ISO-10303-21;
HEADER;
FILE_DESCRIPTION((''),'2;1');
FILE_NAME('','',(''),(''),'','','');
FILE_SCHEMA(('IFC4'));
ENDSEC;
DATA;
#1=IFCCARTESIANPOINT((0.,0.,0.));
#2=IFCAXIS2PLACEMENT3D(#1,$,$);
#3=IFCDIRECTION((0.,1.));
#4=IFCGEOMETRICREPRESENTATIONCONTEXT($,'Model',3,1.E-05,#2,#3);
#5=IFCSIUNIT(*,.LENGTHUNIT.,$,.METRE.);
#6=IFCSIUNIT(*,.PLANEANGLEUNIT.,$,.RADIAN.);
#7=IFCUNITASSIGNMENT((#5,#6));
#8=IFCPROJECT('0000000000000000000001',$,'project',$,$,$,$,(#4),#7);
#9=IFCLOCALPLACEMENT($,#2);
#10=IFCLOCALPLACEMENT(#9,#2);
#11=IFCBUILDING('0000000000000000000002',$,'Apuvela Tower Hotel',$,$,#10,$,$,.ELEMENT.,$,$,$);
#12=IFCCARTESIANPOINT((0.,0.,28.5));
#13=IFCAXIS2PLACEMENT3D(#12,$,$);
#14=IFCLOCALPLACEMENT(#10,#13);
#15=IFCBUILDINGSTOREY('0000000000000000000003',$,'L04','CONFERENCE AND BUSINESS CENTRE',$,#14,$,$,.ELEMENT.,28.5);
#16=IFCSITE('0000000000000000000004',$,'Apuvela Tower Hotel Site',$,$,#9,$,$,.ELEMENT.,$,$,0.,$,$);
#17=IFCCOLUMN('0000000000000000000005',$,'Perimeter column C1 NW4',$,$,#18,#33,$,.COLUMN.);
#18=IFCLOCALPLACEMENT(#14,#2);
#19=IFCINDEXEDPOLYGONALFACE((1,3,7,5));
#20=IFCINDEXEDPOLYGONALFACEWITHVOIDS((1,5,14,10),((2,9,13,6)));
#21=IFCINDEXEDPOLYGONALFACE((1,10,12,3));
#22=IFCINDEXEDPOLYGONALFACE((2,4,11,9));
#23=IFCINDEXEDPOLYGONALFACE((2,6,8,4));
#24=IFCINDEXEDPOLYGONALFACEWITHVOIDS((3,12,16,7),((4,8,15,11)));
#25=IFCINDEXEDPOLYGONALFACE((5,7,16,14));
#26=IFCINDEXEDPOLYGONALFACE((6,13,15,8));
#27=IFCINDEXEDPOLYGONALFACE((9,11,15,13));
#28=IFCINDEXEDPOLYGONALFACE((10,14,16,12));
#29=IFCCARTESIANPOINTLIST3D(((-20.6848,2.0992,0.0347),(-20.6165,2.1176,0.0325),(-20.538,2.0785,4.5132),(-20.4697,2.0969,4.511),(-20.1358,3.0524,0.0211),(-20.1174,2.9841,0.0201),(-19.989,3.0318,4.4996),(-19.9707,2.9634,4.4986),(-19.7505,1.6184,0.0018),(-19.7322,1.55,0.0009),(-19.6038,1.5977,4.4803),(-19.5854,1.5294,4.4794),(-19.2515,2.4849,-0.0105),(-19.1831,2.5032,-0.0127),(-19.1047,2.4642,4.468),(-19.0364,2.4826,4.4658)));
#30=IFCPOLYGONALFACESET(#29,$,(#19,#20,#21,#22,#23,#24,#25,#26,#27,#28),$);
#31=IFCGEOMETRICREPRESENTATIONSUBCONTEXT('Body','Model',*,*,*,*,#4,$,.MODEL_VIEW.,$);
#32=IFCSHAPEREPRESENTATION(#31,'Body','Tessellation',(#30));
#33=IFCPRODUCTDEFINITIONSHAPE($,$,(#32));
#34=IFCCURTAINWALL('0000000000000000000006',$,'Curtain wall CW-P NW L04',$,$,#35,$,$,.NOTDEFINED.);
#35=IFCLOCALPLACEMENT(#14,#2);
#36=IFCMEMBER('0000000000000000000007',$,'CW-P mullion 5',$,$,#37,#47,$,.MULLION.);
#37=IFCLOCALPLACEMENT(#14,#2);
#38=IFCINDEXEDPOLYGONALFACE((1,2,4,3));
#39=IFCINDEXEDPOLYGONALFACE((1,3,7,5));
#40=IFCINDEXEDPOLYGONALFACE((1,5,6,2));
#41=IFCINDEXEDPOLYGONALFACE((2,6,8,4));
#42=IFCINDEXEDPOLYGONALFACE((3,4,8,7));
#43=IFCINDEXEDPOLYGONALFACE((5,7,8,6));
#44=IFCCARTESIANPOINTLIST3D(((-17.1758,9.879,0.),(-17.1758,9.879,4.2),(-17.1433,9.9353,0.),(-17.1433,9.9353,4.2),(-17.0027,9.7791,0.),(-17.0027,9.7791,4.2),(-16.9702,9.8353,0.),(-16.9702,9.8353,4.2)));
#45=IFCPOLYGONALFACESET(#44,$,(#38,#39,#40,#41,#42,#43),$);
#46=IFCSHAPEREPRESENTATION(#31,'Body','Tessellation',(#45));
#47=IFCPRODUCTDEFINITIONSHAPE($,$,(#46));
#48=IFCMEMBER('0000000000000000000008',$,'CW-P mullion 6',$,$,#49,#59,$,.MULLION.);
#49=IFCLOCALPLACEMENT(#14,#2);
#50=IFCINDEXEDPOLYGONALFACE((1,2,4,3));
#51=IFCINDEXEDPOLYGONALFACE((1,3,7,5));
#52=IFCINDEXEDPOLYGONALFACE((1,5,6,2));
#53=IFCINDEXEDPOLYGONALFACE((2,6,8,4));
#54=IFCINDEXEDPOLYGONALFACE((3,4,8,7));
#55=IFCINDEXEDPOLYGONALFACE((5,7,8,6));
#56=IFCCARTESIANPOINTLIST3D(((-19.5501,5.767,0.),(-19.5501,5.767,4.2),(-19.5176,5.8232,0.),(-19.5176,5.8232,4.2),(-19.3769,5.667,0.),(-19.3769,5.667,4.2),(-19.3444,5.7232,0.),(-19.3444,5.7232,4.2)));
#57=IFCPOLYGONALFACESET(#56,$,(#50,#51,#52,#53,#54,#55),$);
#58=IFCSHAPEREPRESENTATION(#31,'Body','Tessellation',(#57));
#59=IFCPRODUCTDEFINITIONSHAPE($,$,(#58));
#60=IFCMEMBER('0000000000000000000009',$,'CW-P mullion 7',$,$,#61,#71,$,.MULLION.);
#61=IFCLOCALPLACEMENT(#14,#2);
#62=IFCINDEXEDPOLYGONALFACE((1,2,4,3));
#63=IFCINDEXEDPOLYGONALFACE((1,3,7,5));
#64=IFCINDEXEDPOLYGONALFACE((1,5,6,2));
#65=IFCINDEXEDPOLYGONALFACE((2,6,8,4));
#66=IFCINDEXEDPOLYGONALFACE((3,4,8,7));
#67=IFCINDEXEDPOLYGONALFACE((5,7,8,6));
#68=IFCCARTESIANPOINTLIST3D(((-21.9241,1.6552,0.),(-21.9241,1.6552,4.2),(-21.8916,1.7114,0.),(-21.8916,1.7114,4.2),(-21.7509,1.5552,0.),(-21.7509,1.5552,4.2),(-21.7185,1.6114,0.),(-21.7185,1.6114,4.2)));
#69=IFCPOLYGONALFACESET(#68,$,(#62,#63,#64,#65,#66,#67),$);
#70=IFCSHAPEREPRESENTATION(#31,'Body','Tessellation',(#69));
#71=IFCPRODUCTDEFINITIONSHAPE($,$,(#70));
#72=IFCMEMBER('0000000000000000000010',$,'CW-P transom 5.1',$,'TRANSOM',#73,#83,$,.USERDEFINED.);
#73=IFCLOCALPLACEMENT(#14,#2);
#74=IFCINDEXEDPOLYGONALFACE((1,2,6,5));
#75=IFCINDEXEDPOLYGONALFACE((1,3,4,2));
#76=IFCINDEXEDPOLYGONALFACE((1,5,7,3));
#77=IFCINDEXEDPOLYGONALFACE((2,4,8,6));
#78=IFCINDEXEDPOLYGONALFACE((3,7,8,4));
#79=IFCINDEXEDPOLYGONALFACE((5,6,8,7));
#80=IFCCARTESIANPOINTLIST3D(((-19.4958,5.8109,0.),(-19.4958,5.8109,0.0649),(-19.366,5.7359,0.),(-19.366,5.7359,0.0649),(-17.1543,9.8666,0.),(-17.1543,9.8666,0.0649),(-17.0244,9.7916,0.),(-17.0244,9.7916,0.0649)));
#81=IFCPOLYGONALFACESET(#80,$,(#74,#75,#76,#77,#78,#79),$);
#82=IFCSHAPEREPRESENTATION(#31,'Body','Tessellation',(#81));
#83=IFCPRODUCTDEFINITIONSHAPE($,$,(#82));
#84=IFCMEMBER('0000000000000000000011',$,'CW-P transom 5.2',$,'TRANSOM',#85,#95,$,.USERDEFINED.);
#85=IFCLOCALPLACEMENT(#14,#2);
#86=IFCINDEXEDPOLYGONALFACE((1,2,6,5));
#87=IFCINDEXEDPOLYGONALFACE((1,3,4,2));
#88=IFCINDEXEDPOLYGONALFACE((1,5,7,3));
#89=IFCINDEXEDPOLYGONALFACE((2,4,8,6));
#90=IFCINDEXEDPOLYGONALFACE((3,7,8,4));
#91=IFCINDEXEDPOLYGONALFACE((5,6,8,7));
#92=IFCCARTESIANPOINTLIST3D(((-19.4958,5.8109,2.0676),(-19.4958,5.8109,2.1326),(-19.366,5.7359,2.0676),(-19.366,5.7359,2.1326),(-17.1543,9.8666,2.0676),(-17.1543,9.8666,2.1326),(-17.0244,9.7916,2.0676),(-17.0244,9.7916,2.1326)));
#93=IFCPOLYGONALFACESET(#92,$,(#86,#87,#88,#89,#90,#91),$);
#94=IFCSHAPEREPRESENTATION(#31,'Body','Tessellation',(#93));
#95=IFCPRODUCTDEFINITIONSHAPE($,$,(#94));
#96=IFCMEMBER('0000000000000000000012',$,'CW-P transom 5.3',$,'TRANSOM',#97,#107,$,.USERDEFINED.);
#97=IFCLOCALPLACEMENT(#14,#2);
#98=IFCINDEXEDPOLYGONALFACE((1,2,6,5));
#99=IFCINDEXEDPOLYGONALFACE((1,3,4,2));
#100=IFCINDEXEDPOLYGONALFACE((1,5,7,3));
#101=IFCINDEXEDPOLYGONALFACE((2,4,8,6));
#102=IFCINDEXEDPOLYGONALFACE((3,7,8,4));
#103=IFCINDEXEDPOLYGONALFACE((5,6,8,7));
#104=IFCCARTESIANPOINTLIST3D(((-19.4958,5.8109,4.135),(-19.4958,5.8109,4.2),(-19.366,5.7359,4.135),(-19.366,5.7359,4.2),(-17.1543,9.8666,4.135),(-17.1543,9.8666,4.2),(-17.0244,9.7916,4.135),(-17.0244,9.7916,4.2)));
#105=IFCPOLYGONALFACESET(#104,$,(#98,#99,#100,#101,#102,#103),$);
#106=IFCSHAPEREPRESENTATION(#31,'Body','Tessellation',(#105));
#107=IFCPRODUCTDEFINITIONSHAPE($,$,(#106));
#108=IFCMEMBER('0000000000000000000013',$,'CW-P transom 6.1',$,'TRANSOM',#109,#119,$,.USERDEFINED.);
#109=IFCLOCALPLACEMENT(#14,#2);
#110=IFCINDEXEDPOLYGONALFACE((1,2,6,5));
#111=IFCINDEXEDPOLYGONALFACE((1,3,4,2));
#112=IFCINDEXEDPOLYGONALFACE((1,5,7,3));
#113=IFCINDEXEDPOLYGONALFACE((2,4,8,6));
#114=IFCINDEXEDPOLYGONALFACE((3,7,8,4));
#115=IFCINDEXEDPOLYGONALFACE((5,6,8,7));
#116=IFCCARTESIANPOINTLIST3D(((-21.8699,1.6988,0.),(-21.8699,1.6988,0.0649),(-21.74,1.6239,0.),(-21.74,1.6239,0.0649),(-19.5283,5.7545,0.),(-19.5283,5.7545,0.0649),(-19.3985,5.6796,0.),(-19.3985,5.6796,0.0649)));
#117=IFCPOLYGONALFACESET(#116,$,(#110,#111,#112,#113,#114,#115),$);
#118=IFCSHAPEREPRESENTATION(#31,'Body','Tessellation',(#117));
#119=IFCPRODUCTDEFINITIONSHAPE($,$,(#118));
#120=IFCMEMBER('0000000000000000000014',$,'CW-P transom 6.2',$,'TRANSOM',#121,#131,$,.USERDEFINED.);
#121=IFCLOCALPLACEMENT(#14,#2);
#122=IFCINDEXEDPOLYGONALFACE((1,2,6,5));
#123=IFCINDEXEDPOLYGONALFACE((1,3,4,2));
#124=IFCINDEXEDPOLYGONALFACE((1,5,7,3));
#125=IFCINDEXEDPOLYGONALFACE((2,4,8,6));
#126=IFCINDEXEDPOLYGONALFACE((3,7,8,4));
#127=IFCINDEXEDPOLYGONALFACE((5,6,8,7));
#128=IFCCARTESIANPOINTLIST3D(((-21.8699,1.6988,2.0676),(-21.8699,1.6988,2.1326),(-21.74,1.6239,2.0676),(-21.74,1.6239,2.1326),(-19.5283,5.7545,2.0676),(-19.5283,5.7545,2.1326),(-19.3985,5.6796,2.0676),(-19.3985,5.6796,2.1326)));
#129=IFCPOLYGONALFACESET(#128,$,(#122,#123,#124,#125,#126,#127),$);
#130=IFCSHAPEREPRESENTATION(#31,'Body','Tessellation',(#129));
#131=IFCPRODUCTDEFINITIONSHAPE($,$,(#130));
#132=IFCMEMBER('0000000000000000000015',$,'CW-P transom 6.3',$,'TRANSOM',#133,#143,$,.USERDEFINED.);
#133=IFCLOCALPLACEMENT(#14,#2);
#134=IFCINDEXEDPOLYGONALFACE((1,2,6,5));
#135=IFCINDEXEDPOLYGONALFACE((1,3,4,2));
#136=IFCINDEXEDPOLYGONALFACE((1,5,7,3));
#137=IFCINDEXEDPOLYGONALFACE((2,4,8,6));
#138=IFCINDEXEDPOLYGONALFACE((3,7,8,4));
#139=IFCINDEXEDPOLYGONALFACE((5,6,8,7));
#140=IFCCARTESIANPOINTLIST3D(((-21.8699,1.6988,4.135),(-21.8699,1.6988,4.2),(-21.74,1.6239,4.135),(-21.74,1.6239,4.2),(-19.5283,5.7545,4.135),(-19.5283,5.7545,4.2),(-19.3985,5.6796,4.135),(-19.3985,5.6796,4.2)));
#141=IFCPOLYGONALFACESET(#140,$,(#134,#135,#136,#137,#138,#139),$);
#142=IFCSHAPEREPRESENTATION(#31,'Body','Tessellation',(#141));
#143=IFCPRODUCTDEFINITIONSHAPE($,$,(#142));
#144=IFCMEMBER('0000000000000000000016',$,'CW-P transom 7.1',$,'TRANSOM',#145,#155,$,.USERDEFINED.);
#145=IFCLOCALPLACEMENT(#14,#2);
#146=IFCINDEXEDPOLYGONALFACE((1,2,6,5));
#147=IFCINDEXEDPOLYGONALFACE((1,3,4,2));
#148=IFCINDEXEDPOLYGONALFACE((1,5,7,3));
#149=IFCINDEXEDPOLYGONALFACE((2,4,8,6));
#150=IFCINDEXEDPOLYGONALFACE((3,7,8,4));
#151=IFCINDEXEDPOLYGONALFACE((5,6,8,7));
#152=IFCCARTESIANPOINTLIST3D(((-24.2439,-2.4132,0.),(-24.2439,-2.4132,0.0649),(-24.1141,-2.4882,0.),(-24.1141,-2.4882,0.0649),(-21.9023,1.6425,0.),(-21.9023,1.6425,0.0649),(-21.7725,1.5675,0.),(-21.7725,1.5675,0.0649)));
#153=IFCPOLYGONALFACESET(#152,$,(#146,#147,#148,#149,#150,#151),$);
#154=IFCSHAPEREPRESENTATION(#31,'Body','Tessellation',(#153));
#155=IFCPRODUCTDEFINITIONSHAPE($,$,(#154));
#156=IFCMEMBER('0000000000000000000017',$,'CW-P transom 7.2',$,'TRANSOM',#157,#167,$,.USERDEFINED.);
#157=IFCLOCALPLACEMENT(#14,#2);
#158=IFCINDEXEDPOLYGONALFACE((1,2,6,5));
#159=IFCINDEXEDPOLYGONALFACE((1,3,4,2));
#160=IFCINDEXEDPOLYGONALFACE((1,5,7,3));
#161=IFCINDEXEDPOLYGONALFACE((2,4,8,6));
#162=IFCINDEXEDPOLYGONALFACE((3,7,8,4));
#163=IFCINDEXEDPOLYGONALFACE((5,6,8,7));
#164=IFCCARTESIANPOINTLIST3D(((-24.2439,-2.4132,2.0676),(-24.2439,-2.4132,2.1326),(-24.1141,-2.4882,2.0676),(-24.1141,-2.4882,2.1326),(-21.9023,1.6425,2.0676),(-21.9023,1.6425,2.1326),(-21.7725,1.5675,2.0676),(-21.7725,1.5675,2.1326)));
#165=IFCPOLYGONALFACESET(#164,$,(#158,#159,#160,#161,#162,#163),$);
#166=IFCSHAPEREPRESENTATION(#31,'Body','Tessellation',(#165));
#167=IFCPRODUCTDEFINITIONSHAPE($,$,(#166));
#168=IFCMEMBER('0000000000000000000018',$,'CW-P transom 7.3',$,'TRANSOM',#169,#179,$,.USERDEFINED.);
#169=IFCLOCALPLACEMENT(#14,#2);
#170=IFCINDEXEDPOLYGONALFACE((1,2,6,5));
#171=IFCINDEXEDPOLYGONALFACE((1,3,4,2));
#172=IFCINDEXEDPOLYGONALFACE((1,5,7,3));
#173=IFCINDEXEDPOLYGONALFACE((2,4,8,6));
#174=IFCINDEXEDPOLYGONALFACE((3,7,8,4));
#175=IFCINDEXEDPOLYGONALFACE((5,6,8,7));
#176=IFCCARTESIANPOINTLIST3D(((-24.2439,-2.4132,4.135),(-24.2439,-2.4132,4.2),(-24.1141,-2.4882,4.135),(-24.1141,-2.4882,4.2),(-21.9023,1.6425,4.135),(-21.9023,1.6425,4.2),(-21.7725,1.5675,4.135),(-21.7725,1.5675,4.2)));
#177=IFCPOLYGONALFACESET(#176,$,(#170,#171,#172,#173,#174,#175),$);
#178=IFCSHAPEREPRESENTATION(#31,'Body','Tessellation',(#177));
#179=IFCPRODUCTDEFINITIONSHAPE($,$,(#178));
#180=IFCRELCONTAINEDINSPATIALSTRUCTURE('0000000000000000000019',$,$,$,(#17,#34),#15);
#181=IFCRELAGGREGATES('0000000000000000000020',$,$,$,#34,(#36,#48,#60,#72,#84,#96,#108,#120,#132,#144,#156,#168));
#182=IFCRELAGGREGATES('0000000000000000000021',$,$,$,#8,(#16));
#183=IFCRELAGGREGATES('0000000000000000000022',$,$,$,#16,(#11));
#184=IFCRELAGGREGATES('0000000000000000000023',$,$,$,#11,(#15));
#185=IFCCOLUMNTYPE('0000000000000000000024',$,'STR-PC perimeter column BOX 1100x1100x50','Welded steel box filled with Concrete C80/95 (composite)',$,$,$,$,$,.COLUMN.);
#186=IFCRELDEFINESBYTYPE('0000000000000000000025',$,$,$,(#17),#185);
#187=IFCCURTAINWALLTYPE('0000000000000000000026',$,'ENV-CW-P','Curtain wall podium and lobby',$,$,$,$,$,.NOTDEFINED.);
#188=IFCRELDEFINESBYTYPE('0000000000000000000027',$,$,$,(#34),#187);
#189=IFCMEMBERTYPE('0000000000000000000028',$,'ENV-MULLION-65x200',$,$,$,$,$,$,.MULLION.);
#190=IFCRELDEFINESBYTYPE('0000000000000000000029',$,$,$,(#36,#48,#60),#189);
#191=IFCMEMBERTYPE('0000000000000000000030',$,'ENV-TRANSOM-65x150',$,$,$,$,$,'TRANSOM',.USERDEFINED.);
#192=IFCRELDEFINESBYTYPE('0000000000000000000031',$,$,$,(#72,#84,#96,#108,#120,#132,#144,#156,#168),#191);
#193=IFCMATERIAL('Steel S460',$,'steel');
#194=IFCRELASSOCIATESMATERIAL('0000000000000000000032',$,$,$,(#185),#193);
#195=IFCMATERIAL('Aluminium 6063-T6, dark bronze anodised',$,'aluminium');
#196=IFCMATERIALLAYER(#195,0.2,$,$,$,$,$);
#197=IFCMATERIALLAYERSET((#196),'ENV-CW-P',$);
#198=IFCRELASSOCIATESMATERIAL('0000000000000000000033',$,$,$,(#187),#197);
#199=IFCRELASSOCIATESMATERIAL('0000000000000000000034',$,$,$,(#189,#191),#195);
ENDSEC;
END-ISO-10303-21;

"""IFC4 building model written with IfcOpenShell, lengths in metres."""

from ifc_helpers import new_model, si_unit, direction, frame, origin, origin_2d, place, context, subcontext, project, spatial, rectangle, hollow_rectangle, extrude, boolean, halfspace, material, layer, layer_set, material_profile, profile_set, type_object, element, aggregate, save


model = new_model("IFC4")

# Units and contexts
model_context = context("Model", 3, precision=1e-05, world=origin(), true_north=direction((0.0, 1.0)))
body_context = subcontext(model_context, "Body", "Model", "MODEL_VIEW")
ifc_project = project(units=[si_unit("LENGTHUNIT", "METRE"), si_unit("PLANEANGLEUNIT", "RADIAN")], contexts=[model_context])

# Site, building, storey
site_placement = place(None, origin())
site = spatial("IfcSite", under=ifc_project, at=site_placement, Name="Apuvela Tower Hotel Site", CompositionType="ELEMENT", RefElevation=0.0)
building_placement = place(site_placement, origin())
building = spatial("IfcBuilding", under=site, at=building_placement, Name="Apuvela Tower Hotel", CompositionType="ELEMENT")
storey_placement = place(building_placement, frame((0.0, 0.0, 28.5)))
storey = spatial("IfcBuildingStorey", under=building, at=storey_placement, Name="L04", Description="CONFERENCE AND BUSINESS CENTRE", CompositionType="ELEMENT", Elevation=28.5)

# Column
ifc_material_1 = material(Name="Steel S460", Category="steel")
ifc_material_profile_1 = material_profile(ifc_material_1, hollow_rectangle(XDim=1.1001, YDim=1.1001, WallThickness=0.05, at=origin_2d()), Name="BOX 1100x1100x50")
ifc_material_2 = material(Name="Concrete C80/95", Category="concrete")
ifc_material_profile_2 = material_profile(ifc_material_2, rectangle(XDim=1.0, YDim=1.0, at=origin_2d()), Name="Concrete C80/95 infill")
ifc_profile_set_1 = profile_set([ifc_material_profile_1, ifc_material_profile_2], Name="Steel S460")
column_type = type_object("IfcColumnType", Name="STR-PC perimeter column BOX 1100x1100x50", Description="Welded steel box filled with Concrete C80/95 (composite)", PredefinedType="COLUMN", material=ifc_profile_set_1)
column_placement = place(storey_placement, frame((-19.9343, 2.3013, 0.0), z_axis=(0.032751, -0.004609, 0.999453), x_axis=(-0.499065, -0.866476, 0.012358)))
element("IfcColumn", 1, at=column_placement, inside=storey, type_object=column_type, Name="Perimeter column C1 NW4", PredefinedType="COLUMN", context=body_context, shape_type="SweptSolid", body=[
    boolean("DIFFERENCE", boolean("DIFFERENCE", extrude(hollow_rectangle(XDim=1.1001, YDim=1.1001, WallThickness=0.05, at=origin_2d()), origin(), (0.0, 0.0, 1.0), 4.5024), halfspace(frame((0.0, 0.0, 0.011), z_axis=(0.0, 0.0, 1.0), x_axis=(1.0, 0.0, 0.0)), True)), halfspace(frame((0.0, 0.0, 4.4919), z_axis=(0.0, 0.0, 1.0), x_axis=(1.0, 0.0, 0.0)), False)),
])

# Curtain wall, members
ifc_material_3 = material(Name="Aluminium 6063-T6, dark bronze anodised", Category="aluminium")
ifc_layer_1 = layer(ifc_material_3, 0.2)
ifc_layer_set_1 = layer_set([ifc_layer_1], Name="ENV-CW-P")
curtain_wall_type = type_object("IfcCurtainWallType", Name="ENV-CW-P", Description="Curtain wall podium and lobby", PredefinedType="NOTDEFINED", material=ifc_layer_set_1)
curtain_wall_placement = place(storey_placement, origin())
curtain_wall = element("IfcCurtainWall", 2, at=curtain_wall_placement, inside=storey, type_object=curtain_wall_type, Name="Curtain wall CW-P NW L04", PredefinedType="NOTDEFINED")
ifc_material_profile_3 = material_profile(ifc_material_3, rectangle(XDim=0.2, YDim=0.0649, at=origin_2d()), Name="AL 65x200")
ifc_profile_set_2 = profile_set([ifc_material_profile_3], Name="Aluminium 6063-T6, dark bronze anodised")
member_type_1 = type_object("IfcMemberType", Name="ENV-MULLION-65x200", PredefinedType="MULLION", material=ifc_profile_set_2)
member_1_placement = place(storey_placement, frame((-17.073, 9.8572, 0.0), z_axis=(0.0, 0.0, 1.0), x_axis=(0.866024, -0.500002, 0.0)))
member_1 = element("IfcMember", 3, at=member_1_placement, type_object=member_type_1, Name="CW-P mullion 5", PredefinedType="MULLION", context=body_context, shape_type="SweptSolid", body=[
    extrude(rectangle(XDim=0.2, YDim=0.0649, at=origin_2d()), origin(), (0.0, 0.0, 1.0), 4.2),
])
member_2_placement = place(storey_placement, frame((-19.4473, 5.7451, 0.0), z_axis=(0.0, 0.0, 1.0), x_axis=(0.866024, -0.500002, 0.0)))
member_2 = element("IfcMember", 4, at=member_2_placement, type_object=member_type_1, Name="CW-P mullion 6", PredefinedType="MULLION", context=body_context, shape_type="SweptSolid", body=[
    extrude(rectangle(XDim=0.2, YDim=0.0649, at=origin_2d()), origin(), (0.0, 0.0, 1.0), 4.2),
])
member_3_placement = place(storey_placement, frame((-21.8213, 1.6333, 0.0), z_axis=(0.0, 0.0, 1.0), x_axis=(0.866024, -0.500002, 0.0)))
member_3 = element("IfcMember", 5, at=member_3_placement, type_object=member_type_1, Name="CW-P mullion 7", PredefinedType="MULLION", context=body_context, shape_type="SweptSolid", body=[
    extrude(rectangle(XDim=0.2, YDim=0.0649, at=origin_2d()), origin(), (0.0, 0.0, 1.0), 4.2),
])
ifc_material_profile_4 = material_profile(ifc_material_3, rectangle(XDim=0.1499, YDim=0.0649, at=origin_2d()), Name="AL 65x150 transom")
ifc_profile_set_3 = profile_set([ifc_material_profile_4], Name="Aluminium 6063-T6, dark bronze anodised")
member_type_2 = type_object("IfcMemberType", Name="ENV-TRANSOM-65x150", ElementType="TRANSOM", PredefinedType="USERDEFINED", material=ifc_profile_set_3)
member_4_placement = place(storey_placement, frame((-17.0894, 9.8291, 0.0325), z_axis=(-0.500002, -0.866024, 0.0), x_axis=(0.866024, -0.500002, 0.0)))
member_4 = element("IfcMember", 6, at=member_4_placement, type_object=member_type_2, Name="CW-P transom 5.1", ObjectType="TRANSOM", PredefinedType="USERDEFINED", context=body_context, shape_type="SweptSolid", body=[
    extrude(rectangle(XDim=0.1499, YDim=0.0649, at=origin_2d()), origin(), (0.0, 0.0, 1.0), 4.6831),
])
member_5_placement = place(storey_placement, frame((-17.0894, 9.8291, 2.1001), z_axis=(-0.500002, -0.866024, 0.0), x_axis=(0.866024, -0.500002, 0.0)))
member_5 = element("IfcMember", 7, at=member_5_placement, type_object=member_type_2, Name="CW-P transom 5.2", ObjectType="TRANSOM", PredefinedType="USERDEFINED", context=body_context, shape_type="SweptSolid", body=[
    extrude(rectangle(XDim=0.1499, YDim=0.0649, at=origin_2d()), origin(), (0.0, 0.0, 1.0), 4.6831),
])
member_6_placement = place(storey_placement, frame((-17.0894, 9.8291, 4.1675), z_axis=(-0.500002, -0.866024, 0.0), x_axis=(0.866024, -0.500002, 0.0)))
member_6 = element("IfcMember", 8, at=member_6_placement, type_object=member_type_2, Name="CW-P transom 5.3", ObjectType="TRANSOM", PredefinedType="USERDEFINED", context=body_context, shape_type="SweptSolid", body=[
    extrude(rectangle(XDim=0.1499, YDim=0.0649, at=origin_2d()), origin(), (0.0, 0.0, 1.0), 4.6831),
])
member_7_placement = place(storey_placement, frame((-19.4634, 5.717, 0.0325), z_axis=(-0.500002, -0.866024, 0.0), x_axis=(0.866024, -0.500002, 0.0)))
member_7 = element("IfcMember", 9, at=member_7_placement, type_object=member_type_2, Name="CW-P transom 6.1", ObjectType="TRANSOM", PredefinedType="USERDEFINED", context=body_context, shape_type="SweptSolid", body=[
    extrude(rectangle(XDim=0.1499, YDim=0.0649, at=origin_2d()), origin(), (0.0, 0.0, 1.0), 4.6831),
])
member_8_placement = place(storey_placement, frame((-19.4634, 5.717, 2.1001), z_axis=(-0.500002, -0.866024, 0.0), x_axis=(0.866024, -0.500002, 0.0)))
member_8 = element("IfcMember", 10, at=member_8_placement, type_object=member_type_2, Name="CW-P transom 6.2", ObjectType="TRANSOM", PredefinedType="USERDEFINED", context=body_context, shape_type="SweptSolid", body=[
    extrude(rectangle(XDim=0.1499, YDim=0.0649, at=origin_2d()), origin(), (0.0, 0.0, 1.0), 4.6831),
])
member_9_placement = place(storey_placement, frame((-19.4634, 5.717, 4.1675), z_axis=(-0.500002, -0.866024, 0.0), x_axis=(0.866024, -0.500002, 0.0)))
member_9 = element("IfcMember", 11, at=member_9_placement, type_object=member_type_2, Name="CW-P transom 6.3", ObjectType="TRANSOM", PredefinedType="USERDEFINED", context=body_context, shape_type="SweptSolid", body=[
    extrude(rectangle(XDim=0.1499, YDim=0.0649, at=origin_2d()), origin(), (0.0, 0.0, 1.0), 4.6831),
])
member_10_placement = place(storey_placement, frame((-21.8374, 1.605, 0.0325), z_axis=(-0.500002, -0.866024, 0.0), x_axis=(0.866024, -0.500002, 0.0)))
member_10 = element("IfcMember", 12, at=member_10_placement, type_object=member_type_2, Name="CW-P transom 7.1", ObjectType="TRANSOM", PredefinedType="USERDEFINED", context=body_context, shape_type="SweptSolid", body=[
    extrude(rectangle(XDim=0.1499, YDim=0.0649, at=origin_2d()), origin(), (0.0, 0.0, 1.0), 4.6831),
])
member_11_placement = place(storey_placement, frame((-21.8374, 1.605, 2.1001), z_axis=(-0.500002, -0.866024, 0.0), x_axis=(0.866024, -0.500002, 0.0)))
member_11 = element("IfcMember", 13, at=member_11_placement, type_object=member_type_2, Name="CW-P transom 7.2", ObjectType="TRANSOM", PredefinedType="USERDEFINED", context=body_context, shape_type="SweptSolid", body=[
    extrude(rectangle(XDim=0.1499, YDim=0.0649, at=origin_2d()), origin(), (0.0, 0.0, 1.0), 4.6831),
])
member_12_placement = place(storey_placement, frame((-21.8374, 1.605, 4.1675), z_axis=(-0.500002, -0.866024, 0.0), x_axis=(0.866024, -0.500002, 0.0)))
member_12 = element("IfcMember", 14, at=member_12_placement, type_object=member_type_2, Name="CW-P transom 7.3", ObjectType="TRANSOM", PredefinedType="USERDEFINED", context=body_context, shape_type="SweptSolid", body=[
    extrude(rectangle(XDim=0.1499, YDim=0.0649, at=origin_2d()), origin(), (0.0, 0.0, 1.0), 4.6831),
])

aggregate(curtain_wall, [member_1, member_2, member_3, member_4, member_5, member_6, member_7, member_8, member_9, member_10, member_11, member_12])

save(model, "model.ifc")
